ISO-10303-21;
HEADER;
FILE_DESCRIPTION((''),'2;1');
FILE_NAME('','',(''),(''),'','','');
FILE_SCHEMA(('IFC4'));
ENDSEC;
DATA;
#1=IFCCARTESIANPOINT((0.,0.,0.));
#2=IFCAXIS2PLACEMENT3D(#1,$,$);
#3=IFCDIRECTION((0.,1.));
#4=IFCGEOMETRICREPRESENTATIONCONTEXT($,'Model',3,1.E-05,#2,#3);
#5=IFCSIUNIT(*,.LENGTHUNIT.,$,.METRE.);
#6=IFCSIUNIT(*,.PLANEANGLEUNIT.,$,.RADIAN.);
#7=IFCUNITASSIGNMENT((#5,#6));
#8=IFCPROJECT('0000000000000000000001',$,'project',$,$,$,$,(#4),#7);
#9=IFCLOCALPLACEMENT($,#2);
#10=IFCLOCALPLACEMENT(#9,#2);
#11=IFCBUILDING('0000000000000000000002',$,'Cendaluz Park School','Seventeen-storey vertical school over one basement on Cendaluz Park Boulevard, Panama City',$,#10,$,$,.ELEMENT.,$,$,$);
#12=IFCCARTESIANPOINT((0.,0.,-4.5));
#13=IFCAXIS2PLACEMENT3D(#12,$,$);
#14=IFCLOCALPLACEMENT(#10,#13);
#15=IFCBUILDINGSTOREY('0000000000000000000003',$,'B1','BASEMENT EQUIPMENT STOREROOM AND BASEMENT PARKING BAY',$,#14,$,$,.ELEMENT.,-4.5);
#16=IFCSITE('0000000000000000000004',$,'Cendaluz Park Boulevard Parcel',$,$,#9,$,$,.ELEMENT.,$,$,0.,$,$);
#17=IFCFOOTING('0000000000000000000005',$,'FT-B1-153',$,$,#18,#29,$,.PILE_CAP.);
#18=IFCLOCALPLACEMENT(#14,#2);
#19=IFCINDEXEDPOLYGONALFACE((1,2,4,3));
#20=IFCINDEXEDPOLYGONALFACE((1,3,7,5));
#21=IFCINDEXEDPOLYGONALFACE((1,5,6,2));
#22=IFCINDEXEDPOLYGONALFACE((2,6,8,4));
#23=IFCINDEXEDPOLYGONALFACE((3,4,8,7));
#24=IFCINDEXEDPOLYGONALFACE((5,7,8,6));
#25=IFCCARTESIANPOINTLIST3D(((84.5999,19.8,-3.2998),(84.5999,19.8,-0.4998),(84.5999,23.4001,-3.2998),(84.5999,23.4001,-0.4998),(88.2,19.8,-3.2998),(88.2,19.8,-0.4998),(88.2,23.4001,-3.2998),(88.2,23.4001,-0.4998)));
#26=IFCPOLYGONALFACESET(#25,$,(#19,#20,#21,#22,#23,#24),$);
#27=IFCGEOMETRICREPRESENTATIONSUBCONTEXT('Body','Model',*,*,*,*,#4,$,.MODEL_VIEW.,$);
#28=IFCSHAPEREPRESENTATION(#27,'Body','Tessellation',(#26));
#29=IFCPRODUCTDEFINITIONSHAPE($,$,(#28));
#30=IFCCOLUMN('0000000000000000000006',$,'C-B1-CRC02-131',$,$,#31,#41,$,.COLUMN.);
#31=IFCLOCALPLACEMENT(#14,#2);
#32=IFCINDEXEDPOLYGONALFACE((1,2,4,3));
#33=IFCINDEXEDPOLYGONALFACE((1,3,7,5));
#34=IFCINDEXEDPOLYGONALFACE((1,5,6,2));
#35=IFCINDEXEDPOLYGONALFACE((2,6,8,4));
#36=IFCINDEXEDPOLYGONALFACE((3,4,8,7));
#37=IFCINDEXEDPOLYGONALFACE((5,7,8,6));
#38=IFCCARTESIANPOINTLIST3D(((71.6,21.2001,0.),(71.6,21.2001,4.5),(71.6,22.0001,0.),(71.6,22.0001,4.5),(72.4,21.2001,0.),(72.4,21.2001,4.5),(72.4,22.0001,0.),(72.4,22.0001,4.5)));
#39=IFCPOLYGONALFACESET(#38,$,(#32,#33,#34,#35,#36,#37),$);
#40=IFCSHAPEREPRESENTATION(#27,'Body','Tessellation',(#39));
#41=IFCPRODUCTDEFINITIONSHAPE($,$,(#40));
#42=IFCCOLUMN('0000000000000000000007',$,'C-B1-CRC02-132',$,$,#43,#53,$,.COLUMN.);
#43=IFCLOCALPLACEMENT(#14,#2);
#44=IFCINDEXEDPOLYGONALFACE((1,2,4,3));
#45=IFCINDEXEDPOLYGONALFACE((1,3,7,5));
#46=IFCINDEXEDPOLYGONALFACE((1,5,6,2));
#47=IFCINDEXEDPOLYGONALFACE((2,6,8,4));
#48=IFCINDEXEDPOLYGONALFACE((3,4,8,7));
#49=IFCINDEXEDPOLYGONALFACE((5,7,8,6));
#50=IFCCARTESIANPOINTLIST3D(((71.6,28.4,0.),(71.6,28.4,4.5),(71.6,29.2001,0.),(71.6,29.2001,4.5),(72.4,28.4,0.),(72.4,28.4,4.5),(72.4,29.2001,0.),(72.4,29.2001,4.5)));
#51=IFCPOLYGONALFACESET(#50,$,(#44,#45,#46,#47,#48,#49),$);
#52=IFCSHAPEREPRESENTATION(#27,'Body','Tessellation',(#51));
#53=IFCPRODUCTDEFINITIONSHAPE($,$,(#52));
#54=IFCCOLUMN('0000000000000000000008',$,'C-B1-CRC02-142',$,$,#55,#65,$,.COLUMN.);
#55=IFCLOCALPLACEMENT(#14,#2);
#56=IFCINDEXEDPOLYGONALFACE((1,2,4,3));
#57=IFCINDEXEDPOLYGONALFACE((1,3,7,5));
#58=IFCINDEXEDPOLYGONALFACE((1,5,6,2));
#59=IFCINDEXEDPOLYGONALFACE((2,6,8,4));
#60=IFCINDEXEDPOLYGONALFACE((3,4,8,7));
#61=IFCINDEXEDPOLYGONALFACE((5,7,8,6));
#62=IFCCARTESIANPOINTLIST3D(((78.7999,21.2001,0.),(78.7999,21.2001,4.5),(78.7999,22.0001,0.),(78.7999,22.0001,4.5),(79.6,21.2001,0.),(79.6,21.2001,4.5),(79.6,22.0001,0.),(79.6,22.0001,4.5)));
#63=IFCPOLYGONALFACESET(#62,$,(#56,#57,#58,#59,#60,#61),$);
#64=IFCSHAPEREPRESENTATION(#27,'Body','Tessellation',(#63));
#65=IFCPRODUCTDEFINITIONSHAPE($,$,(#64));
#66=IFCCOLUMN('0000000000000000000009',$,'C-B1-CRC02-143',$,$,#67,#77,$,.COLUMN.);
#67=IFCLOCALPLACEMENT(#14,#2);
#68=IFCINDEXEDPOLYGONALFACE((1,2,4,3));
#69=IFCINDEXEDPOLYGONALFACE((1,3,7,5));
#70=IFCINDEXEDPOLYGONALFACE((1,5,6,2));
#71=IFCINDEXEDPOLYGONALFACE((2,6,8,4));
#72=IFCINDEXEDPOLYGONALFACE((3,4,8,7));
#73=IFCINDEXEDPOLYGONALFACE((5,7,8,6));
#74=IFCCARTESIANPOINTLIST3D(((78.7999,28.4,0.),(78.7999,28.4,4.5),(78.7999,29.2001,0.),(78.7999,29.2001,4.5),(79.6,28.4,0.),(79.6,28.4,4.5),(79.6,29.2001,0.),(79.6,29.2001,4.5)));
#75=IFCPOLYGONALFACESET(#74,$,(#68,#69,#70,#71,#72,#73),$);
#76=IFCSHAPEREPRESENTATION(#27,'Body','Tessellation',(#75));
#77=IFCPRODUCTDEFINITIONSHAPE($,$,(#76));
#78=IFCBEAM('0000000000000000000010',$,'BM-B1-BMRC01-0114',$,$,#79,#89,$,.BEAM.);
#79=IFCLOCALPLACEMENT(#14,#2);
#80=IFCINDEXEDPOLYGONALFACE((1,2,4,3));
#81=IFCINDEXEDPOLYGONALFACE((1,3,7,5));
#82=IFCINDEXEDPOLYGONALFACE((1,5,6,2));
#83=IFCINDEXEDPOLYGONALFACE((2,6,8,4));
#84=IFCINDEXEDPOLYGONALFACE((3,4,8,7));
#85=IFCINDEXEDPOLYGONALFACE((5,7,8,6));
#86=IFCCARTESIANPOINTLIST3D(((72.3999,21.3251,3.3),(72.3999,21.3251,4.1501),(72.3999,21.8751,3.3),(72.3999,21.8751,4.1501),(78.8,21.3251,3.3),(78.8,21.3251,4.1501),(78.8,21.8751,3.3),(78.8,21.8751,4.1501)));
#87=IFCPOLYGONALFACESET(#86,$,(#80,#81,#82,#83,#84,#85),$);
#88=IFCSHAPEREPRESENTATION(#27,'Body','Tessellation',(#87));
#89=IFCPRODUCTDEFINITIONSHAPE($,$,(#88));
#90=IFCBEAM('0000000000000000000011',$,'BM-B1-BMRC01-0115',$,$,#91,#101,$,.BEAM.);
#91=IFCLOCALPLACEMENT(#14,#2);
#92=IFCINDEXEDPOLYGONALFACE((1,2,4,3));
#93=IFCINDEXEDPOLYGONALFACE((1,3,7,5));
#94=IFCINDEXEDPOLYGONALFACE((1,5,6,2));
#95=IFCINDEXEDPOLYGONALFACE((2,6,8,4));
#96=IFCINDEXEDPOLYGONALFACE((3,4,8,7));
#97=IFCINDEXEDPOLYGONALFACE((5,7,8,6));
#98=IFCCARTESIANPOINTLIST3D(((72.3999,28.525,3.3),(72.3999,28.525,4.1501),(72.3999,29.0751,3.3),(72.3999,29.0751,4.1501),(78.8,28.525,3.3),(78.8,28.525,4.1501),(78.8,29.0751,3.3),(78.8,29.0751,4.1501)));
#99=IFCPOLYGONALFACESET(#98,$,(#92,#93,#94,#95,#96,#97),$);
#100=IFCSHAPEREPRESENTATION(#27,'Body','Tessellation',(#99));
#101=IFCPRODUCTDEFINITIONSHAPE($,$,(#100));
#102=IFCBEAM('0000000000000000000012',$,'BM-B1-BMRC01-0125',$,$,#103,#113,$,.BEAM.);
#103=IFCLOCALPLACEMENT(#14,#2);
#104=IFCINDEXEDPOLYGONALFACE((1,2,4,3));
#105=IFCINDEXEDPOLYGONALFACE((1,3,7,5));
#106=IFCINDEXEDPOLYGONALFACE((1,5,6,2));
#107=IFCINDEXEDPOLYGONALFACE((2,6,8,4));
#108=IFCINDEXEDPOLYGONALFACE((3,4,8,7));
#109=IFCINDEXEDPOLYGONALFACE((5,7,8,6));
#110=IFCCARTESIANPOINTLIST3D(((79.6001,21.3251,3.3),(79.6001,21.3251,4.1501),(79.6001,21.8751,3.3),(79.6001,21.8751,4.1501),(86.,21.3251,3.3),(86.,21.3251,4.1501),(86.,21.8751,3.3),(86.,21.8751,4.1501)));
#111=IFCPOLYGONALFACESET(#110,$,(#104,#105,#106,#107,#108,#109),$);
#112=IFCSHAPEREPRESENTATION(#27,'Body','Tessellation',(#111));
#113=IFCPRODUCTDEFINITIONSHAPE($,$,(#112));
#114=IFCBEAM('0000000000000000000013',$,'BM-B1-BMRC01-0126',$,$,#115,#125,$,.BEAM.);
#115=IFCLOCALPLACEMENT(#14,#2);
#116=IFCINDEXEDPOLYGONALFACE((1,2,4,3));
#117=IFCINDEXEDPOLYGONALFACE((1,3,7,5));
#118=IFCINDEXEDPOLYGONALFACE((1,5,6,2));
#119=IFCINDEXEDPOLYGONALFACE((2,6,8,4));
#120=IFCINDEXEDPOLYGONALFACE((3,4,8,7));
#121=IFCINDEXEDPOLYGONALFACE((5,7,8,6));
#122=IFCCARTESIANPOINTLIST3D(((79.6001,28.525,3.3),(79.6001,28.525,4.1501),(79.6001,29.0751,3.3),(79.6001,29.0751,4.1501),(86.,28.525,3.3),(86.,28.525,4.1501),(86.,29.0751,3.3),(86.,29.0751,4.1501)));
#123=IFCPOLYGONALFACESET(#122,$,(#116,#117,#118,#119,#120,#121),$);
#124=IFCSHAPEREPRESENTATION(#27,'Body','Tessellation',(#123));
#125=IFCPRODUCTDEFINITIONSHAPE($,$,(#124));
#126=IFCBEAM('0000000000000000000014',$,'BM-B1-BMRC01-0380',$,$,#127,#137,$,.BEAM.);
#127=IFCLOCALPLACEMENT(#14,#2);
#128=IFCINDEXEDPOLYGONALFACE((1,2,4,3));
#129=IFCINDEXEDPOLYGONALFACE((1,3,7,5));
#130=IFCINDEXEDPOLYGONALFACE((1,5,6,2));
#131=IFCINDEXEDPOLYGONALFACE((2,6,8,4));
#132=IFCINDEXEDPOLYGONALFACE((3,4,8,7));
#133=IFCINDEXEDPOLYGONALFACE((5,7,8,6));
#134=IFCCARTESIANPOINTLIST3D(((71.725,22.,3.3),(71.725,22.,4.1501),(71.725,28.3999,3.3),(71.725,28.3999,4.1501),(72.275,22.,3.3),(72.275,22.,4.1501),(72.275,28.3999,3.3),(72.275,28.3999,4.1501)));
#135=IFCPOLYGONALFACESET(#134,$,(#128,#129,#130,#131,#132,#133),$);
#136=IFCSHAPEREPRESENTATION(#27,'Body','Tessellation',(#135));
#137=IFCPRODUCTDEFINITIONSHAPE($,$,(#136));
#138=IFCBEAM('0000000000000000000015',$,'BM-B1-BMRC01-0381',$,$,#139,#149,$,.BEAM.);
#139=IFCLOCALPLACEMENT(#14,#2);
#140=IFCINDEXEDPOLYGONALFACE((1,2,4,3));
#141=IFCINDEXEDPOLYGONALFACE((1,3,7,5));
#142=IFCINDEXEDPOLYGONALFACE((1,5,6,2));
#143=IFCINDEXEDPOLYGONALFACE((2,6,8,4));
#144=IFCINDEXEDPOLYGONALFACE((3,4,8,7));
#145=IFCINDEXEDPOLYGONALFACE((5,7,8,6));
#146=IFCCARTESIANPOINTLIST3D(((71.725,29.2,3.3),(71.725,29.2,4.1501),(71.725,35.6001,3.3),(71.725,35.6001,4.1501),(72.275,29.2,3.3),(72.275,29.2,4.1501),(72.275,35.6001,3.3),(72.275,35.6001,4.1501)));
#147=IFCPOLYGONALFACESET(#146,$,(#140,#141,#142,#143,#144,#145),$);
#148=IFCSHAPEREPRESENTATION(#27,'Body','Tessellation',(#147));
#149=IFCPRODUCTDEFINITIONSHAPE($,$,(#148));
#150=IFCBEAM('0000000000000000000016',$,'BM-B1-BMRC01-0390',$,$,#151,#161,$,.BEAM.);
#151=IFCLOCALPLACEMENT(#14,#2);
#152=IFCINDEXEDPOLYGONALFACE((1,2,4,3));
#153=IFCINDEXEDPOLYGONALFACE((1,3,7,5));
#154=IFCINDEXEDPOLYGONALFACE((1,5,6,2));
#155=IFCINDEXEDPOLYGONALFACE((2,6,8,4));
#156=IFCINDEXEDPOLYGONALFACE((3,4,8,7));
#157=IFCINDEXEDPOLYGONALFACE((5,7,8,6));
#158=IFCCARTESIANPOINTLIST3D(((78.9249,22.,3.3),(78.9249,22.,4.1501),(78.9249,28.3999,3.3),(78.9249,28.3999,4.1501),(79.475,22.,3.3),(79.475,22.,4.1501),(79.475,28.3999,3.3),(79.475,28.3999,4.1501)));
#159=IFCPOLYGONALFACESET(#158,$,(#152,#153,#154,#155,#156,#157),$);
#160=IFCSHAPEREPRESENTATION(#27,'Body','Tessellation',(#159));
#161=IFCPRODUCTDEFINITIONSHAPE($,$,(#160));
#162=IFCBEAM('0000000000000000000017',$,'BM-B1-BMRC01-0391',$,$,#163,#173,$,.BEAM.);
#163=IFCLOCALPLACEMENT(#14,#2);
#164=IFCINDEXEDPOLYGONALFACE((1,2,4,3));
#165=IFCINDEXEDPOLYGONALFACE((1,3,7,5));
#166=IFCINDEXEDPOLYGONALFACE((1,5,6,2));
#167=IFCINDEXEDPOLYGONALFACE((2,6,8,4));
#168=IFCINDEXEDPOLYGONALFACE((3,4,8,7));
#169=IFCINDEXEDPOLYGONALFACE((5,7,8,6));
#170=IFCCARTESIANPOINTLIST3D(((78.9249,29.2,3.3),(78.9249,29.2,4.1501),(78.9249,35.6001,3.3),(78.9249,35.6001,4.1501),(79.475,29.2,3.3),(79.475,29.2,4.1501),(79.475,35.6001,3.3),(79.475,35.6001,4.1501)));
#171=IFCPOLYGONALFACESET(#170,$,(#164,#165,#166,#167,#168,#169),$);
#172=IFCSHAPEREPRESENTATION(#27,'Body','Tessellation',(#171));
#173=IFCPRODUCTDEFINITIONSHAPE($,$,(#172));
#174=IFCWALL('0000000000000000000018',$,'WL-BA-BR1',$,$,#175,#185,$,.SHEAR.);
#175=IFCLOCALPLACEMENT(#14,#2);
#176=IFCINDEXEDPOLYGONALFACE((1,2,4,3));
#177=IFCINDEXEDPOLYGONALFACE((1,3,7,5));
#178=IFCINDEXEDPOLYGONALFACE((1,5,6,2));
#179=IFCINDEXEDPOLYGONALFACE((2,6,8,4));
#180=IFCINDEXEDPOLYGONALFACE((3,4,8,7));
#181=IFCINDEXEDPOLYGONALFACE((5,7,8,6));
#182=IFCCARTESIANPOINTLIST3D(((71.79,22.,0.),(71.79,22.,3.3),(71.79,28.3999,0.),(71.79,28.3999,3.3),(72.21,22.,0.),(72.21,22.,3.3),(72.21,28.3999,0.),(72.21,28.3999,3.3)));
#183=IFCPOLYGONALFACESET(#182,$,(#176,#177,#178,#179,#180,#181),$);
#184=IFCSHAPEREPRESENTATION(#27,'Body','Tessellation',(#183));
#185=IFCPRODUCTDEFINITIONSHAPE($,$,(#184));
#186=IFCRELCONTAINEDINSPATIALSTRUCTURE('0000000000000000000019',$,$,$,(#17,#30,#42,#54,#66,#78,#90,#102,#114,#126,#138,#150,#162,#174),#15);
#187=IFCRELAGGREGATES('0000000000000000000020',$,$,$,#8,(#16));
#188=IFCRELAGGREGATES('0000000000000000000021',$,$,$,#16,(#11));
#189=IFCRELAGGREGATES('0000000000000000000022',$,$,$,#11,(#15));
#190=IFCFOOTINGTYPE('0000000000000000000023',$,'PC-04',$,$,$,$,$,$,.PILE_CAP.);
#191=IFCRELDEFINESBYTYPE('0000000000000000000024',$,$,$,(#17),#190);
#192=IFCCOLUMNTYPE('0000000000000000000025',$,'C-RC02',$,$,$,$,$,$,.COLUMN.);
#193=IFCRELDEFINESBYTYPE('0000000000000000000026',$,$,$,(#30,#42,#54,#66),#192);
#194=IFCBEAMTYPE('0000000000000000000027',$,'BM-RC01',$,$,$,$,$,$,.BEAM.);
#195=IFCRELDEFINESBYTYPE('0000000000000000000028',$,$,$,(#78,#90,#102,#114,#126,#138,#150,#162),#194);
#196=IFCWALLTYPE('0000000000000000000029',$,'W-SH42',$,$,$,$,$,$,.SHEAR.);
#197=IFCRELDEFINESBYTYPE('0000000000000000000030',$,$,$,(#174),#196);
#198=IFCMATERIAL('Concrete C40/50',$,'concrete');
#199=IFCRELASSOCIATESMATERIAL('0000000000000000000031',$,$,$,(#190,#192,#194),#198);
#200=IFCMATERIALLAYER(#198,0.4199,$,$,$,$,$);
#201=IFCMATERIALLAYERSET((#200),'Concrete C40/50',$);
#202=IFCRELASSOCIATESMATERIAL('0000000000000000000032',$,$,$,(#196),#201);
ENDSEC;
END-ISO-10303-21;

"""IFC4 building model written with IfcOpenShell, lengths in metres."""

from ifc_helpers import new_model, si_unit, direction, frame, frame_2d, origin, origin_2d, place, context, subcontext, project, spatial, rectangle, extrude, material, layer, layer_set, material_profile, profile_set, type_object, element, save


model = new_model("IFC4")

# Units and contexts
model_context = context("Model", 3, precision=1e-05, world=origin(), true_north=direction((0.0, 1.0)))
body_context = subcontext(model_context, "Body", "Model", "MODEL_VIEW")
ifc_project = project(units=[si_unit("LENGTHUNIT", "METRE"), si_unit("PLANEANGLEUNIT", "RADIAN")], contexts=[model_context])

# Site, building, storey
site_placement = place(None, origin())
site = spatial("IfcSite", under=ifc_project, at=site_placement, Name="Cendaluz Park Boulevard Parcel", CompositionType="ELEMENT", RefElevation=0.0)
building_placement = place(site_placement, origin())
building = spatial("IfcBuilding", under=site, at=building_placement, Name="Cendaluz Park School", Description="Seventeen-storey vertical school over one basement on Cendaluz Park Boulevard, Panama City", CompositionType="ELEMENT")
storey_placement = place(building_placement, frame((0.0, 0.0, -4.5)))
storey = spatial("IfcBuildingStorey", under=building, at=storey_placement, Name="B1", Description="BASEMENT EQUIPMENT STOREROOM AND BASEMENT PARKING BAY", CompositionType="ELEMENT", Elevation=-4.5)

# Shared definitions
ifc_material_1 = material(Name="Concrete C40/50", Category="concrete")

# Footing
footing_type_1 = type_object("IfcFootingType", Name="PC-04", PredefinedType="PILE_CAP", material=ifc_material_1)
for number, where, z_axis, x_axis, name in (
    (1, (86.3999, 21.6001, -3.2998), (0.0, 0.0, 1.0), (1.0, 0.0, 0.0), "FT-B1-153"),
):
    element("IfcFooting", number, at=place(storey_placement, frame(where, z_axis=z_axis, x_axis=x_axis)), inside=storey, type_object=footing_type_1, Name=name, PredefinedType="PILE_CAP", context=body_context, shape_type="SweptSolid", body=[
        extrude(rectangle(XDim=3.6001, YDim=3.6001, at=origin_2d()), origin(), (0.0, 0.0, 1.0), 2.8),
    ])

# Columns
ifc_material_profile_1 = material_profile(ifc_material_1, rectangle(XDim=0.8, YDim=0.8, at=origin_2d()), Name="RC 800x800", Category="concrete")
ifc_profile_set_1 = profile_set([ifc_material_profile_1], Name="Concrete C40/50")
column_type = type_object("IfcColumnType", Name="C-RC02", PredefinedType="COLUMN", material=ifc_profile_set_1)
for number, where, z_axis, x_axis, name in (
    (2, (72.0, 21.6001, 0.0), (0.0, 0.0, 1.0), (1.0, 0.0, 0.0), "C-B1-CRC02-131"),
    (3, (72.0, 28.8, 0.0), (0.0, 0.0, 1.0), (1.0, 0.0, 0.0), "C-B1-CRC02-132"),
    (4, (79.2, 21.6001, 0.0), (0.0, 0.0, 1.0), (1.0, 0.0, 0.0), "C-B1-CRC02-142"),
    (5, (79.2, 28.8, 0.0), (0.0, 0.0, 1.0), (1.0, 0.0, 0.0), "C-B1-CRC02-143"),
):
    element("IfcColumn", number, at=place(storey_placement, frame(where, z_axis=z_axis, x_axis=x_axis)), inside=storey, type_object=column_type, Name=name, PredefinedType="COLUMN", context=body_context, shape_type="SweptSolid", body=[
        extrude(rectangle(XDim=0.8, YDim=0.8, at=origin_2d()), origin(), (0.0, 0.0, 1.0), 4.5),
    ])

# Beams
ifc_material_profile_2 = material_profile(ifc_material_1, rectangle(XDim=0.55, YDim=0.8501, at=origin_2d()), Name="RC 550x850", Category="concrete")
ifc_profile_set_2 = profile_set([ifc_material_profile_2], Name="Concrete C40/50")
beam_type = type_object("IfcBeamType", Name="BM-RC01", PredefinedType="BEAM", material=ifc_profile_set_2)
for number, where, z_axis, x_axis, name in (
    (6, (72.3999, 21.6001, 3.7251), (1.0, 0.0, 0.0), (0.0, 1.0, 0.0), "BM-B1-BMRC01-0114"),
    (7, (72.3999, 28.8, 3.7251), (1.0, 0.0, 0.0), (0.0, 1.0, 0.0), "BM-B1-BMRC01-0115"),
):
    element("IfcBeam", number, at=place(storey_placement, frame(where, z_axis=z_axis, x_axis=x_axis)), inside=storey, type_object=beam_type, Name=name, PredefinedType="BEAM", context=body_context, shape_type="SweptSolid", body=[
        extrude(rectangle(XDim=0.55, YDim=0.8501, at=origin_2d()), origin(), (0.0, 0.0, 1.0), 6.4001),
    ])
for number, where, z_axis, x_axis, name in (
    (8, (79.6001, 21.6001, 3.7251), (1.0, 0.0, 0.0), (0.0, 1.0, 0.0), "BM-B1-BMRC01-0125"),
    (9, (79.6001, 28.8, 3.7251), (1.0, 0.0, 0.0), (0.0, 1.0, 0.0), "BM-B1-BMRC01-0126"),
    (10, (72.0, 22.0, 3.7251), (0.0, 1.0, 0.0), (-1.0, 0.0, 0.0), "BM-B1-BMRC01-0380"),
):
    element("IfcBeam", number, at=place(storey_placement, frame(where, z_axis=z_axis, x_axis=x_axis)), inside=storey, type_object=beam_type, Name=name, PredefinedType="BEAM", context=body_context, shape_type="SweptSolid", body=[
        extrude(rectangle(XDim=0.55, YDim=0.8501, at=origin_2d()), origin(), (0.0, 0.0, 1.0), 6.3999),
    ])
beam_1_placement = place(storey_placement, frame((72.0, 29.2, 3.7251), z_axis=(0.0, 1.0, 0.0), x_axis=(-1.0, 0.0, 0.0)))
element("IfcBeam", 11, at=beam_1_placement, inside=storey, type_object=beam_type, Name="BM-B1-BMRC01-0381", PredefinedType="BEAM", context=body_context, shape_type="SweptSolid", body=[
    extrude(rectangle(XDim=0.55, YDim=0.8501, at=origin_2d()), origin(), (0.0, 0.0, 1.0), 6.4001),
])
beam_2_placement = place(storey_placement, frame((79.2, 22.0, 3.7251), z_axis=(0.0, 1.0, 0.0), x_axis=(-1.0, 0.0, 0.0)))
element("IfcBeam", 12, at=beam_2_placement, inside=storey, type_object=beam_type, Name="BM-B1-BMRC01-0390", PredefinedType="BEAM", context=body_context, shape_type="SweptSolid", body=[
    extrude(rectangle(XDim=0.55, YDim=0.8501, at=origin_2d()), origin(), (0.0, 0.0, 1.0), 6.3999),
])
beam_3_placement = place(storey_placement, frame((79.2, 29.2, 3.7251), z_axis=(0.0, 1.0, 0.0), x_axis=(-1.0, 0.0, 0.0)))
element("IfcBeam", 13, at=beam_3_placement, inside=storey, type_object=beam_type, Name="BM-B1-BMRC01-0391", PredefinedType="BEAM", context=body_context, shape_type="SweptSolid", body=[
    extrude(rectangle(XDim=0.55, YDim=0.8501, at=origin_2d()), origin(), (0.0, 0.0, 1.0), 6.4001),
])

# Wall
ifc_layer_1 = layer(ifc_material_1, 0.4199)
ifc_layer_set_1 = layer_set([ifc_layer_1], Name="Concrete C40/50")
wall_type_1 = type_object("IfcWallType", Name="W-SH42", PredefinedType="SHEAR", material=ifc_layer_set_1)
wall_1_placement = place(storey_placement, frame((72.0, 22.0, 0.0), z_axis=(0.0, 0.0, 1.0), x_axis=(0.0, 1.0, 0.0)))
element("IfcWall", 14, at=wall_1_placement, inside=storey, type_object=wall_type_1, Name="WL-BA-BR1", PredefinedType="SHEAR", context=body_context, shape_type="SweptSolid", body=[
    extrude(rectangle(XDim=6.3999, YDim=0.4199, at=frame_2d((3.2, 0.0))), origin(), (0.0, 0.0, 1.0), 3.3),
])

save(model, "model.ifc")
